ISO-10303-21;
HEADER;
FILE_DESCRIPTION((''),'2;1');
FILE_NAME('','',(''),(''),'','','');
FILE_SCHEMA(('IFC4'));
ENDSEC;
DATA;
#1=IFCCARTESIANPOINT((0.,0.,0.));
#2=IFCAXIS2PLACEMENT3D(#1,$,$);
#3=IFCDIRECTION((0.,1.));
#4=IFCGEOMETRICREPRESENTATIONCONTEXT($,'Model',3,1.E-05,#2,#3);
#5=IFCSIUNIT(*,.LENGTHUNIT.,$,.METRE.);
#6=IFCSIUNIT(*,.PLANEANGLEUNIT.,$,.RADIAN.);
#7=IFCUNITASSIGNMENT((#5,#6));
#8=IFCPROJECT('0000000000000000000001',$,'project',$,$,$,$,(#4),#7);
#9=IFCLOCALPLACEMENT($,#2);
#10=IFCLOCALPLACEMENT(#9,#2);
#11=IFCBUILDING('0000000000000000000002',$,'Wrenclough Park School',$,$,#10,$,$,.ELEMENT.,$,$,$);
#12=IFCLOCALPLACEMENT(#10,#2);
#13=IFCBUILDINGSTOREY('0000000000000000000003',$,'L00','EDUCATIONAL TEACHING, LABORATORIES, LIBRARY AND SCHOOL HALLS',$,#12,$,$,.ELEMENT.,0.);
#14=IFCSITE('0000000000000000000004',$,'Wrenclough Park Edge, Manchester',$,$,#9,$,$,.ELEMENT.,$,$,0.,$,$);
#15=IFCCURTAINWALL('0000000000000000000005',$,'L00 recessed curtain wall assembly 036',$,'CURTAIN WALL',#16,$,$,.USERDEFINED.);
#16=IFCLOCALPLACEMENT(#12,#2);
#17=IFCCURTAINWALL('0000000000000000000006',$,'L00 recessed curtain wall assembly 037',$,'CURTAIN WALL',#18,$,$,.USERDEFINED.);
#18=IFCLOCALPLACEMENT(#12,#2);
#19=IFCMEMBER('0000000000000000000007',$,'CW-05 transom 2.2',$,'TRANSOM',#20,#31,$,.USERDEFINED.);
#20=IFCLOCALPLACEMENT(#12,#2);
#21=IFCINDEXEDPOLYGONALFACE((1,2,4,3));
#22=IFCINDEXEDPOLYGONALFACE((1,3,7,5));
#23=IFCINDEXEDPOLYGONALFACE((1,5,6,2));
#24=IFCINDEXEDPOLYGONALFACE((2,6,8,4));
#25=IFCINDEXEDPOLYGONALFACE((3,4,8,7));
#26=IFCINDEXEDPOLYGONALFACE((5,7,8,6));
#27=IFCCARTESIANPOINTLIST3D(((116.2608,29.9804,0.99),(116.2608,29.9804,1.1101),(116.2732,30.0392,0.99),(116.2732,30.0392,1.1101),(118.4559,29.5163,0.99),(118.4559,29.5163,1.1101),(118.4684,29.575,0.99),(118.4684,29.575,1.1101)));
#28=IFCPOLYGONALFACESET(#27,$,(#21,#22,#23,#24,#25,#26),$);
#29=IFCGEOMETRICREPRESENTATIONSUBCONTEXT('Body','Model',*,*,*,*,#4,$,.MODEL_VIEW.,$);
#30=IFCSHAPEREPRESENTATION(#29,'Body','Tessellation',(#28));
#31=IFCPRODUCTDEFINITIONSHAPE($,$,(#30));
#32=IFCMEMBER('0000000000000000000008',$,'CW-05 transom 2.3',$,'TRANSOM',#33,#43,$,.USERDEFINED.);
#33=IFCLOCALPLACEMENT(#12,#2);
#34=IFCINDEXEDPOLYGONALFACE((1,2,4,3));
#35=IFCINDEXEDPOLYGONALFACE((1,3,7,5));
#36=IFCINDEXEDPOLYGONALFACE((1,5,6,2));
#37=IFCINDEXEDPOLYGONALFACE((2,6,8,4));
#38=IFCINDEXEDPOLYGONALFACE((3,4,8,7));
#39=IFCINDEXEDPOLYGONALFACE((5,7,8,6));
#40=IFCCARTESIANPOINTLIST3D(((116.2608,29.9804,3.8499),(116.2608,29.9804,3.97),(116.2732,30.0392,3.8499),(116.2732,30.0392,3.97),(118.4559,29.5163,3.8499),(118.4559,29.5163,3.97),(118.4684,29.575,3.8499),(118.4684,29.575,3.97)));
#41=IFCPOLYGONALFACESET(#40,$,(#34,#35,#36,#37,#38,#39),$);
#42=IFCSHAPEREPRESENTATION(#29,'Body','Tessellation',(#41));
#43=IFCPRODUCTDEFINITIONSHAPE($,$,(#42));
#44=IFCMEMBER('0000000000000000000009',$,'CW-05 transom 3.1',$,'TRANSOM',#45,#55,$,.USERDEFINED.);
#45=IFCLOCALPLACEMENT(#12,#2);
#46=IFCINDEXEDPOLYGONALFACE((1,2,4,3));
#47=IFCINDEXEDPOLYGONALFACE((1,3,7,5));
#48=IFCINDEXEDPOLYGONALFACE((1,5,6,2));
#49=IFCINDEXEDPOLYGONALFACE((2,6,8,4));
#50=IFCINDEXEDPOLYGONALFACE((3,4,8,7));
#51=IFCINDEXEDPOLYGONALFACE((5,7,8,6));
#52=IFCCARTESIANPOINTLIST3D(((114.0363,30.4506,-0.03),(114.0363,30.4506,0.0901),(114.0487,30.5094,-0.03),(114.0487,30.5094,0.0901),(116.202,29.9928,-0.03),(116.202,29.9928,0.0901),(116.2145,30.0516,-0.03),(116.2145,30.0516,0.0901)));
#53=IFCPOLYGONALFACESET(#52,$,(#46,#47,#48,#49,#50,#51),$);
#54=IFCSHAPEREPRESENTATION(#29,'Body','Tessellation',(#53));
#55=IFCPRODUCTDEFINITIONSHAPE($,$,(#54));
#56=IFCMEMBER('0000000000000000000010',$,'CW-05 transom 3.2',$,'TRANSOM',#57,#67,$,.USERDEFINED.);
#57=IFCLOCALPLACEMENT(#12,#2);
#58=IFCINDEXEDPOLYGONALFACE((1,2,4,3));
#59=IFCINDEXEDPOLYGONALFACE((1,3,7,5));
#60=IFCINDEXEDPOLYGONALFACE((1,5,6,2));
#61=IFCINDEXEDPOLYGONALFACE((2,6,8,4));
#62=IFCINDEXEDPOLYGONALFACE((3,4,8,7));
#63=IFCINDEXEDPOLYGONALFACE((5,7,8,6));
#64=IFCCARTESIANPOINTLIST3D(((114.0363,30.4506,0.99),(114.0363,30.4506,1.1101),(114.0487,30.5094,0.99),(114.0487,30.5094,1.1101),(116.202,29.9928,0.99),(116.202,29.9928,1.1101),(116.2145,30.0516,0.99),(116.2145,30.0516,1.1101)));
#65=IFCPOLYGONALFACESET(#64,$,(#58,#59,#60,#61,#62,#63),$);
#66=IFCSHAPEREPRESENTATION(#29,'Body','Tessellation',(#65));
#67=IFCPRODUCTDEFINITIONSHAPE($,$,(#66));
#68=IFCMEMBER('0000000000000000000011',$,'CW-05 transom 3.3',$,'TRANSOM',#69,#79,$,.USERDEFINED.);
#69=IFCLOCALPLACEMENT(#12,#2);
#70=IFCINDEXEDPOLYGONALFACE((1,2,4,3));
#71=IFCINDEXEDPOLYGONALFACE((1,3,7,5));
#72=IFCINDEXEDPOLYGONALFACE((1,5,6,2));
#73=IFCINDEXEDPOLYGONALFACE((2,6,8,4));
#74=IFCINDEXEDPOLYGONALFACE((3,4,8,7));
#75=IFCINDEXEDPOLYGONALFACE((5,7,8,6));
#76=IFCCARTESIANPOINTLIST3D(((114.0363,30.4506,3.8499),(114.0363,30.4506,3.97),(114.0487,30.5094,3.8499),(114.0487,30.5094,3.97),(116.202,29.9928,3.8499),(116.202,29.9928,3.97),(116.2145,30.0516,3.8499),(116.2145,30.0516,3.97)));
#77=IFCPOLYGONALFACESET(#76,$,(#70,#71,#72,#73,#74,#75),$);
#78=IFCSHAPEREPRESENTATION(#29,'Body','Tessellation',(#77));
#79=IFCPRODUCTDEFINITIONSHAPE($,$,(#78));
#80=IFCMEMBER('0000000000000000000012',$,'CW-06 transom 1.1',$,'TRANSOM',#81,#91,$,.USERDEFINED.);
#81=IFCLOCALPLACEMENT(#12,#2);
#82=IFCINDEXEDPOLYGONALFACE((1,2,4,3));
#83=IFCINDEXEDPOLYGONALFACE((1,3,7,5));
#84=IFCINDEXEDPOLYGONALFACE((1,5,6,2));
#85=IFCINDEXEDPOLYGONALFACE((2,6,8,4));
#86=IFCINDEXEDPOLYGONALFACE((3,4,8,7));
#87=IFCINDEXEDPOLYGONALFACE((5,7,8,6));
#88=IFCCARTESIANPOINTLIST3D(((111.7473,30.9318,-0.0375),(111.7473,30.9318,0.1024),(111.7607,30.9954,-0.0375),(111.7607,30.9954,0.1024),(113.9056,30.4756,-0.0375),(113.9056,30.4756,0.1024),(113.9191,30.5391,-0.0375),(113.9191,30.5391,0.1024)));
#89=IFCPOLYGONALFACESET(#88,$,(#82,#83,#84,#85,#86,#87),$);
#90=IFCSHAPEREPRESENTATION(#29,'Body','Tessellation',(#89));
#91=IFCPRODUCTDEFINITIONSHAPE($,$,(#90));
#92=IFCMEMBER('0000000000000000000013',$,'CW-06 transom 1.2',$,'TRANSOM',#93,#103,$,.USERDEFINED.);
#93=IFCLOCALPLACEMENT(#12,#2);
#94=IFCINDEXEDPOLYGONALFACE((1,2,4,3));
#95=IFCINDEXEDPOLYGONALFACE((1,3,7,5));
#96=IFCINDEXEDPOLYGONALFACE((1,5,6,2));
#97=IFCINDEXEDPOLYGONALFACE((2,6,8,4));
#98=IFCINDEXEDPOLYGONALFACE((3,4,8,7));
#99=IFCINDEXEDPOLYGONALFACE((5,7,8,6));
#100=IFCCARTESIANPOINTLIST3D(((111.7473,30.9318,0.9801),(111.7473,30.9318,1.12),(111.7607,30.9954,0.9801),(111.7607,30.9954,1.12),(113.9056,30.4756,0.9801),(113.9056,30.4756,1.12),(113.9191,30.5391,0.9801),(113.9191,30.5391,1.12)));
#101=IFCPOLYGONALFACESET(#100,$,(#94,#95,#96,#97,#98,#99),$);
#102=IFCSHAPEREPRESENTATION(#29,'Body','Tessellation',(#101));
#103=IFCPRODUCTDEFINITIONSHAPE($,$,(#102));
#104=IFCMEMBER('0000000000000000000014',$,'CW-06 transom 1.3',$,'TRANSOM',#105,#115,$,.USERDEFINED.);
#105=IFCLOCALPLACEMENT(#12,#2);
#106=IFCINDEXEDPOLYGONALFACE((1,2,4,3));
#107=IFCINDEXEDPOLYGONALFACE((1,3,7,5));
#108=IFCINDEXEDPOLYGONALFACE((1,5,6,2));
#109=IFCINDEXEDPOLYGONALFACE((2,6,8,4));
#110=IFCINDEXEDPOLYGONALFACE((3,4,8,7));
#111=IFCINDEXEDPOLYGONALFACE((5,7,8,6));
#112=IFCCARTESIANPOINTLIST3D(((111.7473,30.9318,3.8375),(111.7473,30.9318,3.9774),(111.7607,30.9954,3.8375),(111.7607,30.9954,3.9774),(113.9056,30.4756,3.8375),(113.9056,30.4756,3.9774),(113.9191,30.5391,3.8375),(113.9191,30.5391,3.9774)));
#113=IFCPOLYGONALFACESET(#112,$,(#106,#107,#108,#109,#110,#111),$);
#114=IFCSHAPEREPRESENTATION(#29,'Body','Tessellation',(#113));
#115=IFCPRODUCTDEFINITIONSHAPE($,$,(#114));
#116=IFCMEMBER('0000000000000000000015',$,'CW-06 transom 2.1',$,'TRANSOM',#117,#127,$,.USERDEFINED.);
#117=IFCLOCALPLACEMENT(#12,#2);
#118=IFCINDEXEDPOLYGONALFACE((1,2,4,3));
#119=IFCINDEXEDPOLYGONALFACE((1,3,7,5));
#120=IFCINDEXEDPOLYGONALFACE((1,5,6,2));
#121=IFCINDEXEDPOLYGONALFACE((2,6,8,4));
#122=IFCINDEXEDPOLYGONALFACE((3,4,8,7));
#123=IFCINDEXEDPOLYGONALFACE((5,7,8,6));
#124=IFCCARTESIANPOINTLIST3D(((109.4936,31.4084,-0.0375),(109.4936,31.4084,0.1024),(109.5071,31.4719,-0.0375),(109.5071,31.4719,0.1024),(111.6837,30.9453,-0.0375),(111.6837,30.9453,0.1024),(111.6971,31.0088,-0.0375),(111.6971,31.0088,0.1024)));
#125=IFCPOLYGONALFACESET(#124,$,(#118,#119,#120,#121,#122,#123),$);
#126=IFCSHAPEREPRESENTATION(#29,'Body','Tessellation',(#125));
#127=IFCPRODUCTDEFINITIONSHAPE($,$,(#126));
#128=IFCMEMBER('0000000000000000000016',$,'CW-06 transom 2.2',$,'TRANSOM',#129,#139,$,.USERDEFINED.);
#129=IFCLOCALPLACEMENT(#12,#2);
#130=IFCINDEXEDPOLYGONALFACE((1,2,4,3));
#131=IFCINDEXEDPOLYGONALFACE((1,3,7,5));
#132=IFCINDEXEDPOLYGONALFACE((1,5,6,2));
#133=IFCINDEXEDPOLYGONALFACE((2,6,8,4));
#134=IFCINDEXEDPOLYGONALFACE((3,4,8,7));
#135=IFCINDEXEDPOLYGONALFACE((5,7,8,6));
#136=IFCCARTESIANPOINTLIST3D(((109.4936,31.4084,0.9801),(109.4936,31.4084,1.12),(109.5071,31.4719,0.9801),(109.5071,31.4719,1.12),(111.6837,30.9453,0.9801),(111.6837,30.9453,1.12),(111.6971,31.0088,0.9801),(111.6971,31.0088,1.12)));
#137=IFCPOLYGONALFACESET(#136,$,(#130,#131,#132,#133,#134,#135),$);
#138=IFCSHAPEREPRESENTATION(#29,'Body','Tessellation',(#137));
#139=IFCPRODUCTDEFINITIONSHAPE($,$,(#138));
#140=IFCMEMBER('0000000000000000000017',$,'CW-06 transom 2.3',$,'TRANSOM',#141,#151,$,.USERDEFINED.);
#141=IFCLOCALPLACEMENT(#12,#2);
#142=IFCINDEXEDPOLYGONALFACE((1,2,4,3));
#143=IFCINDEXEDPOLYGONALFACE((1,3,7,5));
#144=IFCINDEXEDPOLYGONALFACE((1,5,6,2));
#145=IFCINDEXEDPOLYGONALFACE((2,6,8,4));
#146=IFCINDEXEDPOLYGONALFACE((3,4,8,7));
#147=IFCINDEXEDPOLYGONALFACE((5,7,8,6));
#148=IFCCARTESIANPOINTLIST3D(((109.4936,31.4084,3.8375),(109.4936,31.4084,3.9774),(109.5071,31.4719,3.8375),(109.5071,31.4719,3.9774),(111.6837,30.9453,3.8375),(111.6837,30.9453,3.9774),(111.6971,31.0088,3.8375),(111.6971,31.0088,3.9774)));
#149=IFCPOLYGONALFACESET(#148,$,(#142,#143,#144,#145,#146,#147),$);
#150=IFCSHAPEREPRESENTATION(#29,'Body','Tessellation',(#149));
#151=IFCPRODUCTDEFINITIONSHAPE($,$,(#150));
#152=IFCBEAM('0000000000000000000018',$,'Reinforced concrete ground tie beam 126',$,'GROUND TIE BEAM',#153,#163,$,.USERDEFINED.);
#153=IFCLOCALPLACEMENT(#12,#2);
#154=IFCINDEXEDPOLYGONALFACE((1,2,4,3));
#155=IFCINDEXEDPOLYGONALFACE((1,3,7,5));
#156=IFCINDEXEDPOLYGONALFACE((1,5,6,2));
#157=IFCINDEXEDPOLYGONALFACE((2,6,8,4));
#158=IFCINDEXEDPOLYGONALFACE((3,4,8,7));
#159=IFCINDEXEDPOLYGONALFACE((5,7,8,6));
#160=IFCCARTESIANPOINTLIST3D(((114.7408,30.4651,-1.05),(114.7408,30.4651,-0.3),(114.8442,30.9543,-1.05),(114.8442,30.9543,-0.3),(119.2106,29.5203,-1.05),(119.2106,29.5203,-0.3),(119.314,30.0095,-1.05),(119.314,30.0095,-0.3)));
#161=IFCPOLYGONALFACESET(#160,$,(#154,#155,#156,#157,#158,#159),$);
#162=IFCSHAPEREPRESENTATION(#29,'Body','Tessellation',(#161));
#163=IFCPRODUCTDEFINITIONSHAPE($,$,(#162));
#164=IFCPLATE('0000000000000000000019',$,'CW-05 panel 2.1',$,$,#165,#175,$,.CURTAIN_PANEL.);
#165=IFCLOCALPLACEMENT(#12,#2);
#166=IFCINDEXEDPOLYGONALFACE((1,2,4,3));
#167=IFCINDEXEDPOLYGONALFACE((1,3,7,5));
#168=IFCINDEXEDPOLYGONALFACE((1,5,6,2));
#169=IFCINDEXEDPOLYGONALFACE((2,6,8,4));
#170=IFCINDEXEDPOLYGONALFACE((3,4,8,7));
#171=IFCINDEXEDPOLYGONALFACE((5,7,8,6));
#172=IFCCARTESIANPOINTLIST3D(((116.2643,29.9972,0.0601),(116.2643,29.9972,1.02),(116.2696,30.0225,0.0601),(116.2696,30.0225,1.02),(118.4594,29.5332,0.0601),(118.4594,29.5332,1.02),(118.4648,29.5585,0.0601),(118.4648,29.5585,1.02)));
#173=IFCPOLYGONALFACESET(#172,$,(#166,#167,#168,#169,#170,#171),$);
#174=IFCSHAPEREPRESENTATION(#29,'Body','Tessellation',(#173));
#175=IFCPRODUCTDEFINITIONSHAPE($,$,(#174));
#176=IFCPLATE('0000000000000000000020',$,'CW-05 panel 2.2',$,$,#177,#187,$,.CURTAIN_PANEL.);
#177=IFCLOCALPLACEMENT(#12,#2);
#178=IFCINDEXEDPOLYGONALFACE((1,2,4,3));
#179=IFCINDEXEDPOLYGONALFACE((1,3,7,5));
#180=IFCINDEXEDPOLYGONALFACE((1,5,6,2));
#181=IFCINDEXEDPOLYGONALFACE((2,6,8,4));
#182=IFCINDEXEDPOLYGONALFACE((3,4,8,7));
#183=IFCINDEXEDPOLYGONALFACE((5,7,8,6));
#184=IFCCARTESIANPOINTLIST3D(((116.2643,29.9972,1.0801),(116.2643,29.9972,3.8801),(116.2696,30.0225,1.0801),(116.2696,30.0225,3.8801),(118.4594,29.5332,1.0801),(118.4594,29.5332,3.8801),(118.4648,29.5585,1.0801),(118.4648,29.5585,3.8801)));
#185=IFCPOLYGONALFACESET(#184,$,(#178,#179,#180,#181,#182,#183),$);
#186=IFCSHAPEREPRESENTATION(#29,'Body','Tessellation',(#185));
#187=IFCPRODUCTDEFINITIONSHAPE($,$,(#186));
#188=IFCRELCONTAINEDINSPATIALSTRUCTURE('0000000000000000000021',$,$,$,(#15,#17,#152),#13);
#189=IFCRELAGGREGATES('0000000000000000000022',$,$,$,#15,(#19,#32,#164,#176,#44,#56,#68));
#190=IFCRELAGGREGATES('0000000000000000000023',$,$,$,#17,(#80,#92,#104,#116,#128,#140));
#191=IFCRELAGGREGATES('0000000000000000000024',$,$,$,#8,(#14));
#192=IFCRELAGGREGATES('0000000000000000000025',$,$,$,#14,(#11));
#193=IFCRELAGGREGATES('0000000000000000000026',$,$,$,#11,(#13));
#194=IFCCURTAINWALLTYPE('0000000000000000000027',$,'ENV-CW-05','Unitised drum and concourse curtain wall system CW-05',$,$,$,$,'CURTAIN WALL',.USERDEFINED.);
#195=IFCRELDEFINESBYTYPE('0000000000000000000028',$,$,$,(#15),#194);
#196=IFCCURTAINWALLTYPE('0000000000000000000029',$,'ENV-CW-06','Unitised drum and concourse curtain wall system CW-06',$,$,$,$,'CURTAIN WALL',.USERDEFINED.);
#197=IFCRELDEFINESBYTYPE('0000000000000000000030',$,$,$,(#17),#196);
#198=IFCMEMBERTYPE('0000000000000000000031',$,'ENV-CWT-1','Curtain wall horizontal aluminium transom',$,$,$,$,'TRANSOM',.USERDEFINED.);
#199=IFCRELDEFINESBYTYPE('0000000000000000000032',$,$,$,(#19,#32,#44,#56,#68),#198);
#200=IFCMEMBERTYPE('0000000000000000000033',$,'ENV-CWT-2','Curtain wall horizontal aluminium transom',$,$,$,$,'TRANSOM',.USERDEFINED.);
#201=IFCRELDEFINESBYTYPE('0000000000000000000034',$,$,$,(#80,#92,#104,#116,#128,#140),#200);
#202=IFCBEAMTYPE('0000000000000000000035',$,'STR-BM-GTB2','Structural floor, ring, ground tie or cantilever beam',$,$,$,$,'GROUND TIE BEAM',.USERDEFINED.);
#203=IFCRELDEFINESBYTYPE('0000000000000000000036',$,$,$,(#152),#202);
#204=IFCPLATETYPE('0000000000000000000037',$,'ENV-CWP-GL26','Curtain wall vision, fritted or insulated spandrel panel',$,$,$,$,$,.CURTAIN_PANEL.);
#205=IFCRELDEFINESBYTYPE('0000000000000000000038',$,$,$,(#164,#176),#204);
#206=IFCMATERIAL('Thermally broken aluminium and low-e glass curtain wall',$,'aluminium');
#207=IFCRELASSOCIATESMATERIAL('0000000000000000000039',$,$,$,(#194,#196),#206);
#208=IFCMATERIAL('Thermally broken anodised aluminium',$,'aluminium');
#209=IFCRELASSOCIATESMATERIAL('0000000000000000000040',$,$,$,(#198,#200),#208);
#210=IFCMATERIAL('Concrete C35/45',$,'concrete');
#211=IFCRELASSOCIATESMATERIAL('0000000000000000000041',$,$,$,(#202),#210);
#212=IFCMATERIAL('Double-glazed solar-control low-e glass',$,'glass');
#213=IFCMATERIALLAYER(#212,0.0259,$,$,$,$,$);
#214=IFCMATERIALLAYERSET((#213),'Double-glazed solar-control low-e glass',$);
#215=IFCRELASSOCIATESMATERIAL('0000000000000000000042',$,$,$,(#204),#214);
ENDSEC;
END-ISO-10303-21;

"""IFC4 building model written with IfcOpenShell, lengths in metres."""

from ifc_helpers import new_model, si_unit, direction, frame, origin, origin_2d, place, context, subcontext, project, spatial, rectangle, extrude, material, layer, layer_set, material_profile, profile_set, type_object, element, aggregate, save


model = new_model("IFC4")

# Units and contexts
model_context = context("Model", 3, precision=1e-05, world=origin(), true_north=direction((0.0, 1.0)))
body_context = subcontext(model_context, "Body", "Model", "MODEL_VIEW")
ifc_project = project(units=[si_unit("LENGTHUNIT", "METRE"), si_unit("PLANEANGLEUNIT", "RADIAN")], contexts=[model_context])

# Site, building, storey
site_placement = place(None, origin())
site = spatial("IfcSite", under=ifc_project, at=site_placement, Name="Wrenclough Park Edge, Manchester", CompositionType="ELEMENT", RefElevation=0.0)
building_placement = place(site_placement, origin())
building = spatial("IfcBuilding", under=site, at=building_placement, Name="Wrenclough Park School", CompositionType="ELEMENT")
storey_placement = place(building_placement, origin())
storey = spatial("IfcBuildingStorey", under=building, at=storey_placement, Name="L00", Description="EDUCATIONAL TEACHING, LABORATORIES, LIBRARY AND SCHOOL HALLS", CompositionType="ELEMENT", Elevation=0.0)

# Shared definitions
ifc_material_1 = material(Name="Concrete C35/45", Category="concrete")

# Curtain walls
ifc_material_2 = material(Name="Thermally broken aluminium and low-e glass curtain wall", Category="aluminium")
curtain_wall_type_1 = type_object("IfcCurtainWallType", Name="ENV-CW-05", Description="Unitised drum and concourse curtain wall system CW-05", ElementType="CURTAIN WALL", PredefinedType="USERDEFINED", material=ifc_material_2)
curtain_wall_1_placement = place(storey_placement, origin())
curtain_wall_1 = element("IfcCurtainWall", 1, at=curtain_wall_1_placement, inside=storey, type_object=curtain_wall_type_1, Name="L00 recessed curtain wall assembly 036", ObjectType="CURTAIN WALL", PredefinedType="USERDEFINED")
ifc_material_3 = material(Name="Thermally broken anodised aluminium", Category="aluminium")
curtain_wall_type_2 = type_object("IfcCurtainWallType", Name="ENV-CW-06", Description="Unitised drum and concourse curtain wall system CW-06", ElementType="CURTAIN WALL", PredefinedType="USERDEFINED", material=ifc_material_2)
curtain_wall_2_placement = place(storey_placement, origin())
curtain_wall_2 = element("IfcCurtainWall", 2, at=curtain_wall_2_placement, inside=storey, type_object=curtain_wall_type_2, Name="L00 recessed curtain wall assembly 037", ObjectType="CURTAIN WALL", PredefinedType="USERDEFINED")

# Members
ifc_material_profile_1 = material_profile(ifc_material_3, rectangle(XDim=0.0601, YDim=0.1201, at=origin_2d()), Name="AL TRANSOM 60x120")
ifc_profile_set_1 = profile_set([ifc_material_profile_1], Name="Thermally broken anodised aluminium")
member_type_1 = type_object("IfcMemberType", Name="ENV-CWT-1", Description="Curtain wall horizontal aluminium transom", ElementType="TRANSOM", PredefinedType="USERDEFINED", material=ifc_profile_set_1)
member_1_placement = place(storey_placement, frame((118.4622, 29.5457, 1.05), z_axis=(-0.97837, 0.20686, 0.0), x_axis=(-0.20686, -0.97837, 0.0)))
member_1 = element("IfcMember", 3, at=member_1_placement, type_object=member_type_1, Name="CW-05 transom 2.2", ObjectType="TRANSOM", PredefinedType="USERDEFINED", context=body_context, shape_type="SweptSolid", body=[
    extrude(rectangle(XDim=0.0601, YDim=0.1201, at=origin_2d()), origin(), (0.0, 0.0, 1.0), 2.2437),
])
member_2_placement = place(storey_placement, frame((118.4622, 29.5457, 3.9099), z_axis=(-0.97837, 0.20686, 0.0), x_axis=(-0.20686, -0.97837, 0.0)))
member_2 = element("IfcMember", 4, at=member_2_placement, type_object=member_type_1, Name="CW-05 transom 2.3", ObjectType="TRANSOM", PredefinedType="USERDEFINED", context=body_context, shape_type="SweptSolid", body=[
    extrude(rectangle(XDim=0.0601, YDim=0.1201, at=origin_2d()), origin(), (0.0, 0.0, 1.0), 2.2437),
])
member_3_placement = place(storey_placement, frame((116.2083, 30.0222, 0.03), z_axis=(-0.978384, 0.206794, 0.0), x_axis=(-0.206794, -0.978384, 0.0)))
member_3 = element("IfcMember", 5, at=member_3_placement, type_object=member_type_1, Name="CW-05 transom 3.1", ObjectType="TRANSOM", PredefinedType="USERDEFINED", context=body_context, shape_type="SweptSolid", body=[
    extrude(rectangle(XDim=0.0601, YDim=0.1201, at=origin_2d()), origin(), (0.0, 0.0, 1.0), 2.2136),
])
member_4_placement = place(storey_placement, frame((116.2083, 30.0222, 1.05), z_axis=(-0.978384, 0.206794, 0.0), x_axis=(-0.206794, -0.978384, 0.0)))
member_4 = element("IfcMember", 6, at=member_4_placement, type_object=member_type_1, Name="CW-05 transom 3.2", ObjectType="TRANSOM", PredefinedType="USERDEFINED", context=body_context, shape_type="SweptSolid", body=[
    extrude(rectangle(XDim=0.0601, YDim=0.1201, at=origin_2d()), origin(), (0.0, 0.0, 1.0), 2.2136),
])
member_5_placement = place(storey_placement, frame((116.2083, 30.0222, 3.9099), z_axis=(-0.978384, 0.206794, 0.0), x_axis=(-0.206794, -0.978384, 0.0)))
member_5 = element("IfcMember", 7, at=member_5_placement, type_object=member_type_1, Name="CW-05 transom 3.3", ObjectType="TRANSOM", PredefinedType="USERDEFINED", context=body_context, shape_type="SweptSolid", body=[
    extrude(rectangle(XDim=0.0601, YDim=0.1201, at=origin_2d()), origin(), (0.0, 0.0, 1.0), 2.2136),
])
ifc_material_profile_2 = material_profile(ifc_material_3, rectangle(XDim=0.0649, YDim=0.1399, at=origin_2d()), Name="AL TRANSOM 65x140")
ifc_profile_set_2 = profile_set([ifc_material_profile_2], Name="Thermally broken anodised aluminium")
member_type_2 = type_object("IfcMemberType", Name="ENV-CWT-2", Description="Curtain wall horizontal aluminium transom", ElementType="TRANSOM", PredefinedType="USERDEFINED", material=ifc_profile_set_2)
member_6_placement = place(storey_placement, frame((113.9124, 30.5073, 0.0325), z_axis=(-0.978377, 0.20683, 0.0), x_axis=(-0.20683, -0.978377, 0.0)))
member_6 = element("IfcMember", 8, at=member_6_placement, type_object=member_type_2, Name="CW-06 transom 1.1", ObjectType="TRANSOM", PredefinedType="USERDEFINED", context=body_context, shape_type="SweptSolid", body=[
    extrude(rectangle(XDim=0.0649, YDim=0.1399, at=origin_2d()), origin(), (0.0, 0.0, 1.0), 2.2061),
])
member_7_placement = place(storey_placement, frame((113.9124, 30.5073, 1.05), z_axis=(-0.978377, 0.20683, 0.0), x_axis=(-0.20683, -0.978377, 0.0)))
member_7 = element("IfcMember", 9, at=member_7_placement, type_object=member_type_2, Name="CW-06 transom 1.2", ObjectType="TRANSOM", PredefinedType="USERDEFINED", context=body_context, shape_type="SweptSolid", body=[
    extrude(rectangle(XDim=0.0649, YDim=0.1399, at=origin_2d()), origin(), (0.0, 0.0, 1.0), 2.2061),
])
member_8_placement = place(storey_placement, frame((113.9124, 30.5073, 3.9075), z_axis=(-0.978377, 0.20683, 0.0), x_axis=(-0.20683, -0.978377, 0.0)))
member_8 = element("IfcMember", 10, at=member_8_placement, type_object=member_type_2, Name="CW-06 transom 1.3", ObjectType="TRANSOM", PredefinedType="USERDEFINED", context=body_context, shape_type="SweptSolid", body=[
    extrude(rectangle(XDim=0.0649, YDim=0.1399, at=origin_2d()), origin(), (0.0, 0.0, 1.0), 2.2061),
])
member_9_placement = place(storey_placement, frame((111.6904, 30.9771, 0.0325), z_axis=(-0.978365, 0.206884, 0.0), x_axis=(-0.206884, -0.978365, 0.0)))
member_9 = element("IfcMember", 11, at=member_9_placement, type_object=member_type_2, Name="CW-06 transom 2.1", ObjectType="TRANSOM", PredefinedType="USERDEFINED", context=body_context, shape_type="SweptSolid", body=[
    extrude(rectangle(XDim=0.0649, YDim=0.1399, at=origin_2d()), origin(), (0.0, 0.0, 1.0), 2.2385),
])
member_10_placement = place(storey_placement, frame((111.6904, 30.9771, 1.05), z_axis=(-0.978365, 0.206884, 0.0), x_axis=(-0.206884, -0.978365, 0.0)))
member_10 = element("IfcMember", 12, at=member_10_placement, type_object=member_type_2, Name="CW-06 transom 2.2", ObjectType="TRANSOM", PredefinedType="USERDEFINED", context=body_context, shape_type="SweptSolid", body=[
    extrude(rectangle(XDim=0.0649, YDim=0.1399, at=origin_2d()), origin(), (0.0, 0.0, 1.0), 2.2385),
])
member_11_placement = place(storey_placement, frame((111.6904, 30.9771, 3.9075), z_axis=(-0.978365, 0.206884, 0.0), x_axis=(-0.206884, -0.978365, 0.0)))
member_11 = element("IfcMember", 13, at=member_11_placement, type_object=member_type_2, Name="CW-06 transom 2.3", ObjectType="TRANSOM", PredefinedType="USERDEFINED", context=body_context, shape_type="SweptSolid", body=[
    extrude(rectangle(XDim=0.0649, YDim=0.1399, at=origin_2d()), origin(), (0.0, 0.0, 1.0), 2.2385),
])

# Beam
ifc_material_profile_3 = material_profile(ifc_material_1, rectangle(XDim=0.5, YDim=0.75, at=origin_2d()), Name="RC GROUND 500x750")
ifc_profile_set_3 = profile_set([ifc_material_profile_3], Name="Concrete C35/45")
beam_type = type_object("IfcBeamType", Name="STR-BM-GTB2", Description="Structural floor, ring, ground tie or cantilever beam", ElementType="GROUND TIE BEAM", PredefinedType="USERDEFINED", material=ifc_profile_set_3)
beam_placement = place(storey_placement, frame((114.7925, 30.7097, -0.675), z_axis=(0.97838, -0.206813, 0.0), x_axis=(0.206813, 0.97838, 0.0)))
element("IfcBeam", 14, at=beam_placement, inside=storey, type_object=beam_type, Name="Reinforced concrete ground tie beam 126", ObjectType="GROUND TIE BEAM", PredefinedType="USERDEFINED", context=body_context, shape_type="SweptSolid", body=[
    extrude(rectangle(XDim=0.5, YDim=0.75, at=origin_2d()), origin(), (0.0, 0.0, 1.0), 4.5686),
])

# Plates
ifc_material_4 = material(Name="Double-glazed solar-control low-e glass", Category="glass")
ifc_layer_1 = layer(ifc_material_4, 0.0259)
ifc_layer_set_1 = layer_set([ifc_layer_1], Name="Double-glazed solar-control low-e glass")
plate_type_1 = type_object("IfcPlateType", Name="ENV-CWP-GL26", Description="Curtain wall vision, fritted or insulated spandrel panel", PredefinedType="CURTAIN_PANEL", material=ifc_layer_set_1)
plate_1_placement = place(storey_placement, frame((117.3645, 29.7778, 0.0601), z_axis=(0.0, 0.0, 1.0), x_axis=(-0.97838, 0.206815, 0.0)))
plate_1 = element("IfcPlate", 15, at=plate_1_placement, type_object=plate_type_1, Name="CW-05 panel 2.1", PredefinedType="CURTAIN_PANEL", context=body_context, shape_type="SweptSolid", body=[
    extrude(rectangle(XDim=2.2437, YDim=0.0259, at=origin_2d()), origin(), (0.0, 0.0, 1.0), 0.96),
])
plate_2_placement = place(storey_placement, frame((117.3645, 29.7778, 1.0801), z_axis=(0.0, 0.0, 1.0), x_axis=(-0.97838, 0.206815, 0.0)))
plate_2 = element("IfcPlate", 16, at=plate_2_placement, type_object=plate_type_1, Name="CW-05 panel 2.2", PredefinedType="CURTAIN_PANEL", context=body_context, shape_type="SweptSolid", body=[
    extrude(rectangle(XDim=2.2437, YDim=0.0259, at=origin_2d()), origin(), (0.0, 0.0, 1.0), 2.8),
])
aggregate(curtain_wall_1, [member_1, member_2, plate_1, plate_2, member_3, member_4, member_5])
aggregate(curtain_wall_2, [member_6, member_7, member_8, member_9, member_10, member_11])

save(model, "model.ifc")
